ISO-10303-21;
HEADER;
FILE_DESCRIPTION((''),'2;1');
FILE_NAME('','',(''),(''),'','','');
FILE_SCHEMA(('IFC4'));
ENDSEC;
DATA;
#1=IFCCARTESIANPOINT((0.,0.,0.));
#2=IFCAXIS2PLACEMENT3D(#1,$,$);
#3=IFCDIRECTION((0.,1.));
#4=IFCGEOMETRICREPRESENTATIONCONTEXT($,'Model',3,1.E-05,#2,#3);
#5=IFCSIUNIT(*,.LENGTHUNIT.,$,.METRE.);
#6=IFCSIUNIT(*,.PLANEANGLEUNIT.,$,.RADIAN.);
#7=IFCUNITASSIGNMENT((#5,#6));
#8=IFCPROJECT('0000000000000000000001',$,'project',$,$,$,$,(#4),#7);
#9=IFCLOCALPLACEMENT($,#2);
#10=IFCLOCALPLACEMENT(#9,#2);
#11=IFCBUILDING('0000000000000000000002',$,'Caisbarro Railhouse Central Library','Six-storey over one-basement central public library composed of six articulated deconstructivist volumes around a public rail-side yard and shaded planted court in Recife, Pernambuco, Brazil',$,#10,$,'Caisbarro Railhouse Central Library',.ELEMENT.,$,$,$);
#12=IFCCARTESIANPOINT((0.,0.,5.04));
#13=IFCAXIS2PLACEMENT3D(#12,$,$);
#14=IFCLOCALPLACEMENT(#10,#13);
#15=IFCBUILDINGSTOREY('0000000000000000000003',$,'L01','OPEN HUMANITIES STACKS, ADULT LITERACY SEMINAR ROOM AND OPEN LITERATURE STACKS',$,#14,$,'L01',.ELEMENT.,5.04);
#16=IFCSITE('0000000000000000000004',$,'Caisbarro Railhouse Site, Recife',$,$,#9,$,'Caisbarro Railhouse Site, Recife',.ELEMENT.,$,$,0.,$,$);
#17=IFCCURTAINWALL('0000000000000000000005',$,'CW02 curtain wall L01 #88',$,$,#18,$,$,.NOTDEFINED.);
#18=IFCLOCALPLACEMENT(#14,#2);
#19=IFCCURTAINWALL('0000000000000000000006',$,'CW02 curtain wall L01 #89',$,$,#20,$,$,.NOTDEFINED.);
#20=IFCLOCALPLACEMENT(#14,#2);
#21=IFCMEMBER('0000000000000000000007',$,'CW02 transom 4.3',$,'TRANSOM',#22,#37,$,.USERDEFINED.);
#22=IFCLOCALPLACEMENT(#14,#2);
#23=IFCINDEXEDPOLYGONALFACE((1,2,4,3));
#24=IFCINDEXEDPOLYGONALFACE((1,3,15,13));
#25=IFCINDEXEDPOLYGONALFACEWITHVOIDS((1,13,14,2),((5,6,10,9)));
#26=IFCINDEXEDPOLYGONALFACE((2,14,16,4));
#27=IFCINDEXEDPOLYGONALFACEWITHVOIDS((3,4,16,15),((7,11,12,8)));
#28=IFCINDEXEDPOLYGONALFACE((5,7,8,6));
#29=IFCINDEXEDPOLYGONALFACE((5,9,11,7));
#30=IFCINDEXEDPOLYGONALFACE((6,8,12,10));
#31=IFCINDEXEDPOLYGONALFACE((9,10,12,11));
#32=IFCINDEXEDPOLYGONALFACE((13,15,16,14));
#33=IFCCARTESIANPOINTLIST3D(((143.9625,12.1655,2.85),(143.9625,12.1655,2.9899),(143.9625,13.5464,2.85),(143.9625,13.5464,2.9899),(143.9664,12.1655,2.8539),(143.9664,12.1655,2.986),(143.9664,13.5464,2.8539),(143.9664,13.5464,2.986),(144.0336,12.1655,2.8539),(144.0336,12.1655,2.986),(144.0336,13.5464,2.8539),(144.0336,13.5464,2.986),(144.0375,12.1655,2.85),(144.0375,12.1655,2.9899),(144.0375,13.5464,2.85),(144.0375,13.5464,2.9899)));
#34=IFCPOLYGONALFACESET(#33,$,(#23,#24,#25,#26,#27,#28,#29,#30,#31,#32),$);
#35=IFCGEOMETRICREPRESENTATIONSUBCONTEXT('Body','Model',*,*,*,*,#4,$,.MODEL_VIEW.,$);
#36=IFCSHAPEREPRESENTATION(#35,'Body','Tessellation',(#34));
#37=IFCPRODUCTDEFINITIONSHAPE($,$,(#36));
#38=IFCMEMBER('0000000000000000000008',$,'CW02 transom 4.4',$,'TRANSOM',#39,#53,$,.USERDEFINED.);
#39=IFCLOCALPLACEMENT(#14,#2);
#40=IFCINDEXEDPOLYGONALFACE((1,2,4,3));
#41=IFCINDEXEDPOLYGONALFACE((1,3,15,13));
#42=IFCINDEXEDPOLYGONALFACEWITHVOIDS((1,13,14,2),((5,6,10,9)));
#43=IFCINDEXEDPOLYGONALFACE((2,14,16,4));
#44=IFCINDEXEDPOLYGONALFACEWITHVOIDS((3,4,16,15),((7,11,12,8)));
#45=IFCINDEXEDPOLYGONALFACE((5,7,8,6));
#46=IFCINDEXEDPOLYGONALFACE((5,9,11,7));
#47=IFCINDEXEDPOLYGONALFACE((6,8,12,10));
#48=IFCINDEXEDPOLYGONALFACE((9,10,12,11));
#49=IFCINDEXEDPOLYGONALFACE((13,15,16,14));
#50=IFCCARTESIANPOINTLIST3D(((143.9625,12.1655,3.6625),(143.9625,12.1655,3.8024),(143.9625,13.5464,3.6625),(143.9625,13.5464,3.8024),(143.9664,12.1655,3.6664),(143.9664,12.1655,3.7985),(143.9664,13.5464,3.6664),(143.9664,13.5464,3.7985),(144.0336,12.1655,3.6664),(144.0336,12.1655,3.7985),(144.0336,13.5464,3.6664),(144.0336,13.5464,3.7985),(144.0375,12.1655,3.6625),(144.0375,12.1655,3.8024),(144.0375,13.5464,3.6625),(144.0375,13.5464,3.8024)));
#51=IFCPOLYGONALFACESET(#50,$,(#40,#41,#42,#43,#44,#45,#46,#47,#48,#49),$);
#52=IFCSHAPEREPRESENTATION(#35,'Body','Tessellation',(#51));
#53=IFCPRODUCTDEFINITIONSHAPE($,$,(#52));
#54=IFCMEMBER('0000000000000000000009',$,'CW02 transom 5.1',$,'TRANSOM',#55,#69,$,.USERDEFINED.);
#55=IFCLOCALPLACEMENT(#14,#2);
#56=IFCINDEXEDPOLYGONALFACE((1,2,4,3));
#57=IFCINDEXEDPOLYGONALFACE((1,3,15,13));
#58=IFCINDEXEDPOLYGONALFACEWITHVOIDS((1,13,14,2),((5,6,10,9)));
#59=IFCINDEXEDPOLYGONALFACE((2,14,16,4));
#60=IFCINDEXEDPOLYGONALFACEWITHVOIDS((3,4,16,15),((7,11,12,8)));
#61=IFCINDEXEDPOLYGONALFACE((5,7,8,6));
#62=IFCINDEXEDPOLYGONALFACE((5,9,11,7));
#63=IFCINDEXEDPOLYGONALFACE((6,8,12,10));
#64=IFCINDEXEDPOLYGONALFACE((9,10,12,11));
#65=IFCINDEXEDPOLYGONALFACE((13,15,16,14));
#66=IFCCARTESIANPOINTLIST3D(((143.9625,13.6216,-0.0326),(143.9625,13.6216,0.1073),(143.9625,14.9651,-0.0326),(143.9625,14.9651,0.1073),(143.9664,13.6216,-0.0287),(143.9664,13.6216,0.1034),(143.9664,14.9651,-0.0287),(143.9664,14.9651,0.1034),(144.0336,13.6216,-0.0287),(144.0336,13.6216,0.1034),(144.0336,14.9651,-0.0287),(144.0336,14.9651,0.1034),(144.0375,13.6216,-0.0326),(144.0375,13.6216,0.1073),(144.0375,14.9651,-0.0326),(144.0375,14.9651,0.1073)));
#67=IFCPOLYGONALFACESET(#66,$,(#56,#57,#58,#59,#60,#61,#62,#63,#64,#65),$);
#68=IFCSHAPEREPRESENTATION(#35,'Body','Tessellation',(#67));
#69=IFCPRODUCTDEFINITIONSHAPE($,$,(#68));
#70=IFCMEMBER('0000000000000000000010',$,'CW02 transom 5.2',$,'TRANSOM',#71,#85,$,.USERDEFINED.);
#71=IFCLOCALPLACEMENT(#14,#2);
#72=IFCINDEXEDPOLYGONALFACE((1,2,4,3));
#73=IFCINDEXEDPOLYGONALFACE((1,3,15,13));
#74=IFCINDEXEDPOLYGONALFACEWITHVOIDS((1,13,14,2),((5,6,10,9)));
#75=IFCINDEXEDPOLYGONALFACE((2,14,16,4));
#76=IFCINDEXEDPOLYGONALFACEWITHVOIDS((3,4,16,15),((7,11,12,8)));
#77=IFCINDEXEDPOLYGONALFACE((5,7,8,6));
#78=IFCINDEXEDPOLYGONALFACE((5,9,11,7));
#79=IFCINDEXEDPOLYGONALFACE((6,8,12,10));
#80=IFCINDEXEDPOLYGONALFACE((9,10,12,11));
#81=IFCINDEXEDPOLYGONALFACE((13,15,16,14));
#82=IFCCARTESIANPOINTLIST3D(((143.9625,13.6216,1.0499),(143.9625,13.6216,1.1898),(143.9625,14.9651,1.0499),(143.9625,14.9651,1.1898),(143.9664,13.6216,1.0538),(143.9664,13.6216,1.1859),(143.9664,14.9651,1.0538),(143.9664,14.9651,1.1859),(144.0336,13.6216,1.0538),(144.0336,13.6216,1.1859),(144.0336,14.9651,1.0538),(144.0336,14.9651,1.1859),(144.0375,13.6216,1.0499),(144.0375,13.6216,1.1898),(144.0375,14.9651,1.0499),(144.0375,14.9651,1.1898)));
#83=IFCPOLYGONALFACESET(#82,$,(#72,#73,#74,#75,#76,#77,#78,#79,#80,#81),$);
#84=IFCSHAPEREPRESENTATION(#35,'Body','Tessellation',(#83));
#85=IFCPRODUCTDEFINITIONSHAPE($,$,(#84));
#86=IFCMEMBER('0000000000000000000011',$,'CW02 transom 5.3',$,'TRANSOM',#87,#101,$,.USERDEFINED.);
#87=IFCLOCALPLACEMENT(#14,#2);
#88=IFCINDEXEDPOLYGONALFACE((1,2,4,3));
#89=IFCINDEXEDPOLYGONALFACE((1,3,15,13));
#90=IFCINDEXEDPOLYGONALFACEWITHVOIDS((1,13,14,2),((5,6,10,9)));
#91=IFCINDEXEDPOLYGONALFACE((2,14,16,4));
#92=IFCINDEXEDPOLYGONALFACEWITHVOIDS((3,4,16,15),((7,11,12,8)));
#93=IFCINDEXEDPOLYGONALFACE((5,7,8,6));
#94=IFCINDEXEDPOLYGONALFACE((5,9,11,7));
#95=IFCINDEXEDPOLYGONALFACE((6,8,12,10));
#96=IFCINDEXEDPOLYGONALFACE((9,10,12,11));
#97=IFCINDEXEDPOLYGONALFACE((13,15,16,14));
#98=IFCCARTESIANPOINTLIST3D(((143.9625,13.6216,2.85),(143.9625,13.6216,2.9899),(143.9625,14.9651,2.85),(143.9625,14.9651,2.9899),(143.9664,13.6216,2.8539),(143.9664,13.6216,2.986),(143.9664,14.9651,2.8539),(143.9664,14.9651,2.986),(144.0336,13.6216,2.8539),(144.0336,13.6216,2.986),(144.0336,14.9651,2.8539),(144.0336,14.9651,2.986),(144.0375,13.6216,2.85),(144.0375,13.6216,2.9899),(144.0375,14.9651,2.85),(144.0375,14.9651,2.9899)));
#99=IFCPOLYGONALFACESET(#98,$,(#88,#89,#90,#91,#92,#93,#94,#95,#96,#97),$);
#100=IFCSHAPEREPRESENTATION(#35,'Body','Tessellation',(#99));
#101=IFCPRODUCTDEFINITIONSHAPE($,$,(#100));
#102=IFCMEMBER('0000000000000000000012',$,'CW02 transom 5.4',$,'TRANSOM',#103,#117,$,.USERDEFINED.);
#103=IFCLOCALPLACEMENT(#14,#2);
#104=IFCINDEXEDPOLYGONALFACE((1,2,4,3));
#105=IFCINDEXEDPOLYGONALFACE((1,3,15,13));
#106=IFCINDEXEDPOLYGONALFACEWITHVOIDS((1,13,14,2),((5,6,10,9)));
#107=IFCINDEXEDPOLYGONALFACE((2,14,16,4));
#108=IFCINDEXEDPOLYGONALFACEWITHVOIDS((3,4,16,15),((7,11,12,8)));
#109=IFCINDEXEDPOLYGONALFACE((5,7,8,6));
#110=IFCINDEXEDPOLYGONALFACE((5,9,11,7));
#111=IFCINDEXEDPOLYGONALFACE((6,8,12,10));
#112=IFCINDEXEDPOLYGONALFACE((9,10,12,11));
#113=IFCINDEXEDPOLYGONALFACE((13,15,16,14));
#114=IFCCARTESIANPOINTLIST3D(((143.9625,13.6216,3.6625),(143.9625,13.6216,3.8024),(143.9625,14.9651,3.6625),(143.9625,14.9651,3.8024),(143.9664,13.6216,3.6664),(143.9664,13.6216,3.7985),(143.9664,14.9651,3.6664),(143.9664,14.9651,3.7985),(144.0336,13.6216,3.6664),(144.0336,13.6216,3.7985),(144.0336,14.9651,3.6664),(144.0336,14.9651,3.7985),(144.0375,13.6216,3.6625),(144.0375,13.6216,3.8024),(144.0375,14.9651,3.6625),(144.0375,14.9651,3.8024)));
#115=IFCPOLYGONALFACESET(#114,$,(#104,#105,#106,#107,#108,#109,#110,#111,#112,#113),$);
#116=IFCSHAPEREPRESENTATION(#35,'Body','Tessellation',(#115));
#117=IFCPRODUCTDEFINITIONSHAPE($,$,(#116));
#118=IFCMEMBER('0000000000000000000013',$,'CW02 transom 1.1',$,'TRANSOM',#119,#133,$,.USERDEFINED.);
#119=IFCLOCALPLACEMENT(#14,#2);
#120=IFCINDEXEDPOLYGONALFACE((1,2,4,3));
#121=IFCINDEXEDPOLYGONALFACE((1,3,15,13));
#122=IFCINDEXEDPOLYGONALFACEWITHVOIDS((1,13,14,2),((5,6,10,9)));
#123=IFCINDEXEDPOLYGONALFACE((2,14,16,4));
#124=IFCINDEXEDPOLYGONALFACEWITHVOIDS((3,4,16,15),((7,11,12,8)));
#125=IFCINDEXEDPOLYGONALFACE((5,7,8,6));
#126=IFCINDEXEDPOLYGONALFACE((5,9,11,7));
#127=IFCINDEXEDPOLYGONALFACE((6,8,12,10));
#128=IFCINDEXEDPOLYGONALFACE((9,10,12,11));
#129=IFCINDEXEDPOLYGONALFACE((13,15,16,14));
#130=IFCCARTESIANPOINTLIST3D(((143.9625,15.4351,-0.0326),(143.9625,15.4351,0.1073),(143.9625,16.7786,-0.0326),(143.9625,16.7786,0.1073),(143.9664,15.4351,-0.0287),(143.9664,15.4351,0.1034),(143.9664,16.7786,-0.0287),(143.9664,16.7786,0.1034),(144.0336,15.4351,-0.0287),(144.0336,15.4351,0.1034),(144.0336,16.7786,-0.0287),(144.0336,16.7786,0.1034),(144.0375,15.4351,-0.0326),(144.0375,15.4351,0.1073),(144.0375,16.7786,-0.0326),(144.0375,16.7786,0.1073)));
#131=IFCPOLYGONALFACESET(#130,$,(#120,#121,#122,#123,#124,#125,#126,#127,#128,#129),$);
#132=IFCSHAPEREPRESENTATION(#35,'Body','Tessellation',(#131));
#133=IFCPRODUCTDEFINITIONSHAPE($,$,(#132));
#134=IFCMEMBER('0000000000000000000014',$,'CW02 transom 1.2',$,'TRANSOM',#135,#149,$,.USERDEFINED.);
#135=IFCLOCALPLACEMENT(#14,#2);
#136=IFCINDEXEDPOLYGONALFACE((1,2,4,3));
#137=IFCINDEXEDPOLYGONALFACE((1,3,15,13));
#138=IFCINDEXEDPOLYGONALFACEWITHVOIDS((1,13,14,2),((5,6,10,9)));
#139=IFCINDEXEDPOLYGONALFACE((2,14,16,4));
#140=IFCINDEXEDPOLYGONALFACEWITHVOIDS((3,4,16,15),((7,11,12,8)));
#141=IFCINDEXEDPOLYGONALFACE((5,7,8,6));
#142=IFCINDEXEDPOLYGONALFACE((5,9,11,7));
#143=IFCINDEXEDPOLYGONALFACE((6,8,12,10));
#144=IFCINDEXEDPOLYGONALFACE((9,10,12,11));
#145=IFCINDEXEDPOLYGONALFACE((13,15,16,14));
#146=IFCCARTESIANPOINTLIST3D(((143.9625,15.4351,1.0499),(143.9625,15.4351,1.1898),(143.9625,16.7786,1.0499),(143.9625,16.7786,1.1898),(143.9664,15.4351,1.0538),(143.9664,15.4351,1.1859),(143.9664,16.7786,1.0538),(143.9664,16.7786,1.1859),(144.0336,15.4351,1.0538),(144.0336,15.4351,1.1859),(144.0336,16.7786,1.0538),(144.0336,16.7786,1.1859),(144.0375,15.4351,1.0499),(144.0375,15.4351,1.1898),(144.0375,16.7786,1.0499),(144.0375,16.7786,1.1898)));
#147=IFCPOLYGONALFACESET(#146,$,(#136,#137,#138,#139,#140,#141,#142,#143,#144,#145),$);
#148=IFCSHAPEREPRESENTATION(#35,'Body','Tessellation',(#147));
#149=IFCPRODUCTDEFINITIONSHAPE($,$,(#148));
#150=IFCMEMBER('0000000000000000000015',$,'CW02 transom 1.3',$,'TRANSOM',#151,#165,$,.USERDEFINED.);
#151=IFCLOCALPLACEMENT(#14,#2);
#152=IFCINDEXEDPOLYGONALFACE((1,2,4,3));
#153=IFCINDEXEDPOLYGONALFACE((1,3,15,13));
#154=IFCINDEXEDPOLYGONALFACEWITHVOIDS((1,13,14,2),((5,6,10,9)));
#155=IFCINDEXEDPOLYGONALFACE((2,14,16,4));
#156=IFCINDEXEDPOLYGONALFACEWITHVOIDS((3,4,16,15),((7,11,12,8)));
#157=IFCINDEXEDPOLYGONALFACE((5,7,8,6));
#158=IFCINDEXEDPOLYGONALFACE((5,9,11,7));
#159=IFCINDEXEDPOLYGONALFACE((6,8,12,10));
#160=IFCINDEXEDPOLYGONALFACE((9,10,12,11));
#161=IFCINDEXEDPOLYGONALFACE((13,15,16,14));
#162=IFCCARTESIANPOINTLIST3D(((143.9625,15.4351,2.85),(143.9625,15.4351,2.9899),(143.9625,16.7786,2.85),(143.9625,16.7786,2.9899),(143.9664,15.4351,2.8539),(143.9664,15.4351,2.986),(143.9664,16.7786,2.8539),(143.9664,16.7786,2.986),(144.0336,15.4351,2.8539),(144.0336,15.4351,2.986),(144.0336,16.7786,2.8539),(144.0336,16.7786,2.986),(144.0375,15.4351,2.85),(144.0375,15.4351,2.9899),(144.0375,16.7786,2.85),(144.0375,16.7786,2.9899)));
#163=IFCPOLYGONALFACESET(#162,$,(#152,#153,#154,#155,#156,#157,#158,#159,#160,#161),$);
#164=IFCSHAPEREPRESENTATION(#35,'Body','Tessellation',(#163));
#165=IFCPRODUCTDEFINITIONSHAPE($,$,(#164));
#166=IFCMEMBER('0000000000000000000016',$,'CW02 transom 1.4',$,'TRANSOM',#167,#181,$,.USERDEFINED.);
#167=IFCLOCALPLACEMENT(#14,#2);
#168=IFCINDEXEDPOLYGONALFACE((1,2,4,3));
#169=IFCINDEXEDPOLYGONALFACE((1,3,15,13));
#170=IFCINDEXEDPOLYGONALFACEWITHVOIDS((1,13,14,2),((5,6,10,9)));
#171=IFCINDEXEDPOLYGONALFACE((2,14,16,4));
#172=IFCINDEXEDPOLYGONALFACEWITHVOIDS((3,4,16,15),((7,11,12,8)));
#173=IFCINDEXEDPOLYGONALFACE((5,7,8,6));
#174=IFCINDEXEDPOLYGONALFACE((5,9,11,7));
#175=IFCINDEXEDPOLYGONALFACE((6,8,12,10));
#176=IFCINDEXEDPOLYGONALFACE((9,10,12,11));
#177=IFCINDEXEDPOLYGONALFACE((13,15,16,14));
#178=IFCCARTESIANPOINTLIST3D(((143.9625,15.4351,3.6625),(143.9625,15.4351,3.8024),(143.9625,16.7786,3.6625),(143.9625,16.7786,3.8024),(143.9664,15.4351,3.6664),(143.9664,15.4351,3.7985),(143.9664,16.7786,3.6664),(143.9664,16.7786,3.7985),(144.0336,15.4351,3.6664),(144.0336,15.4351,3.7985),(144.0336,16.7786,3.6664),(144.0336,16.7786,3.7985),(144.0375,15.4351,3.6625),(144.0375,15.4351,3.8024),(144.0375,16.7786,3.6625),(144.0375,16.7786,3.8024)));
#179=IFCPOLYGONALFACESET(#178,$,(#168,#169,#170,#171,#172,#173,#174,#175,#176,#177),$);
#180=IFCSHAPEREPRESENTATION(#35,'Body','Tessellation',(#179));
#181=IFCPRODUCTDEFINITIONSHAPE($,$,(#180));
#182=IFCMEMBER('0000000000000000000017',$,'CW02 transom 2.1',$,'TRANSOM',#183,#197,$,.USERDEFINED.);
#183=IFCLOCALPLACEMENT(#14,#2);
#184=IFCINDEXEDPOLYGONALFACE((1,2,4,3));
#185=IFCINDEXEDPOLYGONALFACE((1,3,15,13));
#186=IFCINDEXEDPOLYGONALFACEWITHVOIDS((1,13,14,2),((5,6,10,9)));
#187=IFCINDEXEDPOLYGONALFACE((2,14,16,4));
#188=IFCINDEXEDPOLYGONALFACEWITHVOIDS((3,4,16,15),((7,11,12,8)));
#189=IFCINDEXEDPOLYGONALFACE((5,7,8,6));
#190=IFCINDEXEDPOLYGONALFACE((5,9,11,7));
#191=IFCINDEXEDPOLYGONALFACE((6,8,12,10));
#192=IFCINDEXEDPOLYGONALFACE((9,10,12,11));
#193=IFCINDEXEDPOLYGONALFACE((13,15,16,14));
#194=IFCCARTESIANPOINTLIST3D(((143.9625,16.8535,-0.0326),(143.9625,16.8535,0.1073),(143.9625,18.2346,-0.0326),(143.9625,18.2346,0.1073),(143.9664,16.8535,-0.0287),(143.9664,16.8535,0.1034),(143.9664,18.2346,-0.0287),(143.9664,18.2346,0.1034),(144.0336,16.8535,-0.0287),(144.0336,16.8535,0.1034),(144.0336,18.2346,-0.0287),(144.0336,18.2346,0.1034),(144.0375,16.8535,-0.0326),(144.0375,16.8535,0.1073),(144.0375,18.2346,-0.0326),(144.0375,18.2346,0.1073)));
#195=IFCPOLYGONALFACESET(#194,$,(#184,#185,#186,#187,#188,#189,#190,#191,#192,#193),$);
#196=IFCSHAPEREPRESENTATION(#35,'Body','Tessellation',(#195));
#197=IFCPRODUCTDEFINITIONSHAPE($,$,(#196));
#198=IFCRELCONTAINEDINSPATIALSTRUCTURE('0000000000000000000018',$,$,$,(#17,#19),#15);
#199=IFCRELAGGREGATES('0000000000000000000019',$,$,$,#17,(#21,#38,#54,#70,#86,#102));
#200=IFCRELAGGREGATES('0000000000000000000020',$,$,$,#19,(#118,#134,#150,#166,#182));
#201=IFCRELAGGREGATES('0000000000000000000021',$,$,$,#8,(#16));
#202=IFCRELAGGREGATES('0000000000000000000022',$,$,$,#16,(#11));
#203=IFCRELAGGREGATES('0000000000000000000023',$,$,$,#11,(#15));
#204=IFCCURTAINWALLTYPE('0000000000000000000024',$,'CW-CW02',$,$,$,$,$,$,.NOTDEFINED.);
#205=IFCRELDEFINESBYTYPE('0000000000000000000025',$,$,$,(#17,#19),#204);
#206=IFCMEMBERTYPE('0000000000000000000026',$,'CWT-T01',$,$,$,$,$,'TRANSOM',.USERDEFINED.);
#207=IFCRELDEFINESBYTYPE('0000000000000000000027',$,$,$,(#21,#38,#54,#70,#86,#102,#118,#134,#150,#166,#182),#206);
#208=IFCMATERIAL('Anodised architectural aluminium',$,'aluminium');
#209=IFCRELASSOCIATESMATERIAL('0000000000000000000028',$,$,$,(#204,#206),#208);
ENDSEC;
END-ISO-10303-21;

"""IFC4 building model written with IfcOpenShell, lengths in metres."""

from ifc_helpers import new_model, si_unit, direction, frame, origin, origin_2d, place, context, subcontext, project, spatial, hollow_rectangle, extrude, material, material_profile, profile_set, type_object, element, aggregate, save


model = new_model("IFC4")

# Units and contexts
model_context = context("Model", 3, precision=1e-05, world=origin(), true_north=direction((0.0, 1.0)))
body_context = subcontext(model_context, "Body", "Model", "MODEL_VIEW")
ifc_project = project(units=[si_unit("LENGTHUNIT", "METRE"), si_unit("PLANEANGLEUNIT", "RADIAN")], contexts=[model_context])

# Site, building, storey
site_placement = place(None, origin())
site = spatial("IfcSite", under=ifc_project, at=site_placement, Name="Caisbarro Railhouse Site, Recife", LongName="Caisbarro Railhouse Site, Recife", CompositionType="ELEMENT", RefElevation=0.0)
building_placement = place(site_placement, origin())
building = spatial("IfcBuilding", under=site, at=building_placement, Name="Caisbarro Railhouse Central Library", Description="Six-storey over one-basement central public library composed of six articulated deconstructivist volumes around a public rail-side yard and shaded planted court in Recife, Pernambuco, Brazil", LongName="Caisbarro Railhouse Central Library", CompositionType="ELEMENT")
storey_placement = place(building_placement, frame((0.0, 0.0, 5.04)))
storey = spatial("IfcBuildingStorey", under=building, at=storey_placement, Name="L01", Description="OPEN HUMANITIES STACKS, ADULT LITERACY SEMINAR ROOM AND OPEN LITERATURE STACKS", LongName="L01", CompositionType="ELEMENT", Elevation=5.04)

# Curtain walls
ifc_material_1 = material(Name="Anodised architectural aluminium", Category="aluminium")
curtain_wall_type = type_object("IfcCurtainWallType", Name="CW-CW02", PredefinedType="NOTDEFINED", material=ifc_material_1)
curtain_wall_1_placement = place(storey_placement, origin())
curtain_wall_1 = element("IfcCurtainWall", 1, at=curtain_wall_1_placement, inside=storey, type_object=curtain_wall_type, Name="CW02 curtain wall L01 #88", PredefinedType="NOTDEFINED")
curtain_wall_2_placement = place(storey_placement, origin())
curtain_wall_2 = element("IfcCurtainWall", 2, at=curtain_wall_2_placement, inside=storey, type_object=curtain_wall_type, Name="CW02 curtain wall L01 #89", PredefinedType="NOTDEFINED")

# Members
ifc_material_profile_1 = material_profile(ifc_material_1, hollow_rectangle(XDim=0.075, YDim=0.1399, WallThickness=0.0039, at=origin_2d()), Name="ALU-TRN-75X140")
ifc_profile_set_1 = profile_set([ifc_material_profile_1], Name="Anodised architectural aluminium")
member_type_1 = type_object("IfcMemberType", Name="CWT-T01", ElementType="TRANSOM", PredefinedType="USERDEFINED", material=ifc_profile_set_1)
member_1_placement = place(storey_placement, frame((144.0, 12.1655, 2.9199), z_axis=(0.0, 1.0, 0.0), x_axis=(-1.0, 0.0, 0.0)))
member_1 = element("IfcMember", 3, at=member_1_placement, type_object=member_type_1, Name="CW02 transom 4.3", ObjectType="TRANSOM", PredefinedType="USERDEFINED", context=body_context, shape_type="SweptSolid", body=[
    extrude(hollow_rectangle(XDim=0.075, YDim=0.1399, WallThickness=0.0039, at=origin_2d()), origin(), (0.0, 0.0, 1.0), 1.3809),
])
member_2_placement = place(storey_placement, frame((144.0, 12.1655, 3.7324), z_axis=(0.0, 1.0, 0.0), x_axis=(-1.0, 0.0, 0.0)))
member_2 = element("IfcMember", 4, at=member_2_placement, type_object=member_type_1, Name="CW02 transom 4.4", ObjectType="TRANSOM", PredefinedType="USERDEFINED", context=body_context, shape_type="SweptSolid", body=[
    extrude(hollow_rectangle(XDim=0.075, YDim=0.1399, WallThickness=0.0039, at=origin_2d()), origin(), (0.0, 0.0, 1.0), 1.3809),
])
member_3_placement = place(storey_placement, frame((144.0, 13.6216, 0.0374), z_axis=(0.0, 1.0, 0.0), x_axis=(-1.0, 0.0, 0.0)))
member_3 = element("IfcMember", 5, at=member_3_placement, type_object=member_type_1, Name="CW02 transom 5.1", ObjectType="TRANSOM", PredefinedType="USERDEFINED", context=body_context, shape_type="SweptSolid", body=[
    extrude(hollow_rectangle(XDim=0.075, YDim=0.1399, WallThickness=0.0039, at=origin_2d()), origin(), (0.0, 0.0, 1.0), 1.3435),
])
member_4_placement = place(storey_placement, frame((144.0, 13.6216, 1.1199), z_axis=(0.0, 1.0, 0.0), x_axis=(-1.0, 0.0, 0.0)))
member_4 = element("IfcMember", 6, at=member_4_placement, type_object=member_type_1, Name="CW02 transom 5.2", ObjectType="TRANSOM", PredefinedType="USERDEFINED", context=body_context, shape_type="SweptSolid", body=[
    extrude(hollow_rectangle(XDim=0.075, YDim=0.1399, WallThickness=0.0039, at=origin_2d()), origin(), (0.0, 0.0, 1.0), 1.3435),
])
member_5_placement = place(storey_placement, frame((144.0, 13.6216, 2.9199), z_axis=(0.0, 1.0, 0.0), x_axis=(-1.0, 0.0, 0.0)))
member_5 = element("IfcMember", 7, at=member_5_placement, type_object=member_type_1, Name="CW02 transom 5.3", ObjectType="TRANSOM", PredefinedType="USERDEFINED", context=body_context, shape_type="SweptSolid", body=[
    extrude(hollow_rectangle(XDim=0.075, YDim=0.1399, WallThickness=0.0039, at=origin_2d()), origin(), (0.0, 0.0, 1.0), 1.3435),
])
member_6_placement = place(storey_placement, frame((144.0, 13.6216, 3.7324), z_axis=(0.0, 1.0, 0.0), x_axis=(-1.0, 0.0, 0.0)))
member_6 = element("IfcMember", 8, at=member_6_placement, type_object=member_type_1, Name="CW02 transom 5.4", ObjectType="TRANSOM", PredefinedType="USERDEFINED", context=body_context, shape_type="SweptSolid", body=[
    extrude(hollow_rectangle(XDim=0.075, YDim=0.1399, WallThickness=0.0039, at=origin_2d()), origin(), (0.0, 0.0, 1.0), 1.3435),
])
member_7_placement = place(storey_placement, frame((144.0, 15.4351, 0.0374), z_axis=(0.0, 1.0, 0.0), x_axis=(-1.0, 0.0, 0.0)))
member_7 = element("IfcMember", 9, at=member_7_placement, type_object=member_type_1, Name="CW02 transom 1.1", ObjectType="TRANSOM", PredefinedType="USERDEFINED", context=body_context, shape_type="SweptSolid", body=[
    extrude(hollow_rectangle(XDim=0.075, YDim=0.1399, WallThickness=0.0039, at=origin_2d()), origin(), (0.0, 0.0, 1.0), 1.3435),
])
member_8_placement = place(storey_placement, frame((144.0, 15.4351, 1.1199), z_axis=(0.0, 1.0, 0.0), x_axis=(-1.0, 0.0, 0.0)))
member_8 = element("IfcMember", 10, at=member_8_placement, type_object=member_type_1, Name="CW02 transom 1.2", ObjectType="TRANSOM", PredefinedType="USERDEFINED", context=body_context, shape_type="SweptSolid", body=[
    extrude(hollow_rectangle(XDim=0.075, YDim=0.1399, WallThickness=0.0039, at=origin_2d()), origin(), (0.0, 0.0, 1.0), 1.3435),
])
member_9_placement = place(storey_placement, frame((144.0, 15.4351, 2.9199), z_axis=(0.0, 1.0, 0.0), x_axis=(-1.0, 0.0, 0.0)))
member_9 = element("IfcMember", 11, at=member_9_placement, type_object=member_type_1, Name="CW02 transom 1.3", ObjectType="TRANSOM", PredefinedType="USERDEFINED", context=body_context, shape_type="SweptSolid", body=[
    extrude(hollow_rectangle(XDim=0.075, YDim=0.1399, WallThickness=0.0039, at=origin_2d()), origin(), (0.0, 0.0, 1.0), 1.3435),
])
member_10_placement = place(storey_placement, frame((144.0, 15.4351, 3.7324), z_axis=(0.0, 1.0, 0.0), x_axis=(-1.0, 0.0, 0.0)))
member_10 = element("IfcMember", 12, at=member_10_placement, type_object=member_type_1, Name="CW02 transom 1.4", ObjectType="TRANSOM", PredefinedType="USERDEFINED", context=body_context, shape_type="SweptSolid", body=[
    extrude(hollow_rectangle(XDim=0.075, YDim=0.1399, WallThickness=0.0039, at=origin_2d()), origin(), (0.0, 0.0, 1.0), 1.3435),
])
member_11_placement = place(storey_placement, frame((144.0, 16.8535, 0.0374), z_axis=(0.0, 1.0, 0.0), x_axis=(-1.0, 0.0, 0.0)))
member_11 = element("IfcMember", 13, at=member_11_placement, type_object=member_type_1, Name="CW02 transom 2.1", ObjectType="TRANSOM", PredefinedType="USERDEFINED", context=body_context, shape_type="SweptSolid", body=[
    extrude(hollow_rectangle(XDim=0.075, YDim=0.1399, WallThickness=0.0039, at=origin_2d()), origin(), (0.0, 0.0, 1.0), 1.3811),
])

aggregate(curtain_wall_1, [member_1, member_2, member_3, member_4, member_5, member_6])
aggregate(curtain_wall_2, [member_7, member_8, member_9, member_10, member_11])

save(model, "model.ifc")
